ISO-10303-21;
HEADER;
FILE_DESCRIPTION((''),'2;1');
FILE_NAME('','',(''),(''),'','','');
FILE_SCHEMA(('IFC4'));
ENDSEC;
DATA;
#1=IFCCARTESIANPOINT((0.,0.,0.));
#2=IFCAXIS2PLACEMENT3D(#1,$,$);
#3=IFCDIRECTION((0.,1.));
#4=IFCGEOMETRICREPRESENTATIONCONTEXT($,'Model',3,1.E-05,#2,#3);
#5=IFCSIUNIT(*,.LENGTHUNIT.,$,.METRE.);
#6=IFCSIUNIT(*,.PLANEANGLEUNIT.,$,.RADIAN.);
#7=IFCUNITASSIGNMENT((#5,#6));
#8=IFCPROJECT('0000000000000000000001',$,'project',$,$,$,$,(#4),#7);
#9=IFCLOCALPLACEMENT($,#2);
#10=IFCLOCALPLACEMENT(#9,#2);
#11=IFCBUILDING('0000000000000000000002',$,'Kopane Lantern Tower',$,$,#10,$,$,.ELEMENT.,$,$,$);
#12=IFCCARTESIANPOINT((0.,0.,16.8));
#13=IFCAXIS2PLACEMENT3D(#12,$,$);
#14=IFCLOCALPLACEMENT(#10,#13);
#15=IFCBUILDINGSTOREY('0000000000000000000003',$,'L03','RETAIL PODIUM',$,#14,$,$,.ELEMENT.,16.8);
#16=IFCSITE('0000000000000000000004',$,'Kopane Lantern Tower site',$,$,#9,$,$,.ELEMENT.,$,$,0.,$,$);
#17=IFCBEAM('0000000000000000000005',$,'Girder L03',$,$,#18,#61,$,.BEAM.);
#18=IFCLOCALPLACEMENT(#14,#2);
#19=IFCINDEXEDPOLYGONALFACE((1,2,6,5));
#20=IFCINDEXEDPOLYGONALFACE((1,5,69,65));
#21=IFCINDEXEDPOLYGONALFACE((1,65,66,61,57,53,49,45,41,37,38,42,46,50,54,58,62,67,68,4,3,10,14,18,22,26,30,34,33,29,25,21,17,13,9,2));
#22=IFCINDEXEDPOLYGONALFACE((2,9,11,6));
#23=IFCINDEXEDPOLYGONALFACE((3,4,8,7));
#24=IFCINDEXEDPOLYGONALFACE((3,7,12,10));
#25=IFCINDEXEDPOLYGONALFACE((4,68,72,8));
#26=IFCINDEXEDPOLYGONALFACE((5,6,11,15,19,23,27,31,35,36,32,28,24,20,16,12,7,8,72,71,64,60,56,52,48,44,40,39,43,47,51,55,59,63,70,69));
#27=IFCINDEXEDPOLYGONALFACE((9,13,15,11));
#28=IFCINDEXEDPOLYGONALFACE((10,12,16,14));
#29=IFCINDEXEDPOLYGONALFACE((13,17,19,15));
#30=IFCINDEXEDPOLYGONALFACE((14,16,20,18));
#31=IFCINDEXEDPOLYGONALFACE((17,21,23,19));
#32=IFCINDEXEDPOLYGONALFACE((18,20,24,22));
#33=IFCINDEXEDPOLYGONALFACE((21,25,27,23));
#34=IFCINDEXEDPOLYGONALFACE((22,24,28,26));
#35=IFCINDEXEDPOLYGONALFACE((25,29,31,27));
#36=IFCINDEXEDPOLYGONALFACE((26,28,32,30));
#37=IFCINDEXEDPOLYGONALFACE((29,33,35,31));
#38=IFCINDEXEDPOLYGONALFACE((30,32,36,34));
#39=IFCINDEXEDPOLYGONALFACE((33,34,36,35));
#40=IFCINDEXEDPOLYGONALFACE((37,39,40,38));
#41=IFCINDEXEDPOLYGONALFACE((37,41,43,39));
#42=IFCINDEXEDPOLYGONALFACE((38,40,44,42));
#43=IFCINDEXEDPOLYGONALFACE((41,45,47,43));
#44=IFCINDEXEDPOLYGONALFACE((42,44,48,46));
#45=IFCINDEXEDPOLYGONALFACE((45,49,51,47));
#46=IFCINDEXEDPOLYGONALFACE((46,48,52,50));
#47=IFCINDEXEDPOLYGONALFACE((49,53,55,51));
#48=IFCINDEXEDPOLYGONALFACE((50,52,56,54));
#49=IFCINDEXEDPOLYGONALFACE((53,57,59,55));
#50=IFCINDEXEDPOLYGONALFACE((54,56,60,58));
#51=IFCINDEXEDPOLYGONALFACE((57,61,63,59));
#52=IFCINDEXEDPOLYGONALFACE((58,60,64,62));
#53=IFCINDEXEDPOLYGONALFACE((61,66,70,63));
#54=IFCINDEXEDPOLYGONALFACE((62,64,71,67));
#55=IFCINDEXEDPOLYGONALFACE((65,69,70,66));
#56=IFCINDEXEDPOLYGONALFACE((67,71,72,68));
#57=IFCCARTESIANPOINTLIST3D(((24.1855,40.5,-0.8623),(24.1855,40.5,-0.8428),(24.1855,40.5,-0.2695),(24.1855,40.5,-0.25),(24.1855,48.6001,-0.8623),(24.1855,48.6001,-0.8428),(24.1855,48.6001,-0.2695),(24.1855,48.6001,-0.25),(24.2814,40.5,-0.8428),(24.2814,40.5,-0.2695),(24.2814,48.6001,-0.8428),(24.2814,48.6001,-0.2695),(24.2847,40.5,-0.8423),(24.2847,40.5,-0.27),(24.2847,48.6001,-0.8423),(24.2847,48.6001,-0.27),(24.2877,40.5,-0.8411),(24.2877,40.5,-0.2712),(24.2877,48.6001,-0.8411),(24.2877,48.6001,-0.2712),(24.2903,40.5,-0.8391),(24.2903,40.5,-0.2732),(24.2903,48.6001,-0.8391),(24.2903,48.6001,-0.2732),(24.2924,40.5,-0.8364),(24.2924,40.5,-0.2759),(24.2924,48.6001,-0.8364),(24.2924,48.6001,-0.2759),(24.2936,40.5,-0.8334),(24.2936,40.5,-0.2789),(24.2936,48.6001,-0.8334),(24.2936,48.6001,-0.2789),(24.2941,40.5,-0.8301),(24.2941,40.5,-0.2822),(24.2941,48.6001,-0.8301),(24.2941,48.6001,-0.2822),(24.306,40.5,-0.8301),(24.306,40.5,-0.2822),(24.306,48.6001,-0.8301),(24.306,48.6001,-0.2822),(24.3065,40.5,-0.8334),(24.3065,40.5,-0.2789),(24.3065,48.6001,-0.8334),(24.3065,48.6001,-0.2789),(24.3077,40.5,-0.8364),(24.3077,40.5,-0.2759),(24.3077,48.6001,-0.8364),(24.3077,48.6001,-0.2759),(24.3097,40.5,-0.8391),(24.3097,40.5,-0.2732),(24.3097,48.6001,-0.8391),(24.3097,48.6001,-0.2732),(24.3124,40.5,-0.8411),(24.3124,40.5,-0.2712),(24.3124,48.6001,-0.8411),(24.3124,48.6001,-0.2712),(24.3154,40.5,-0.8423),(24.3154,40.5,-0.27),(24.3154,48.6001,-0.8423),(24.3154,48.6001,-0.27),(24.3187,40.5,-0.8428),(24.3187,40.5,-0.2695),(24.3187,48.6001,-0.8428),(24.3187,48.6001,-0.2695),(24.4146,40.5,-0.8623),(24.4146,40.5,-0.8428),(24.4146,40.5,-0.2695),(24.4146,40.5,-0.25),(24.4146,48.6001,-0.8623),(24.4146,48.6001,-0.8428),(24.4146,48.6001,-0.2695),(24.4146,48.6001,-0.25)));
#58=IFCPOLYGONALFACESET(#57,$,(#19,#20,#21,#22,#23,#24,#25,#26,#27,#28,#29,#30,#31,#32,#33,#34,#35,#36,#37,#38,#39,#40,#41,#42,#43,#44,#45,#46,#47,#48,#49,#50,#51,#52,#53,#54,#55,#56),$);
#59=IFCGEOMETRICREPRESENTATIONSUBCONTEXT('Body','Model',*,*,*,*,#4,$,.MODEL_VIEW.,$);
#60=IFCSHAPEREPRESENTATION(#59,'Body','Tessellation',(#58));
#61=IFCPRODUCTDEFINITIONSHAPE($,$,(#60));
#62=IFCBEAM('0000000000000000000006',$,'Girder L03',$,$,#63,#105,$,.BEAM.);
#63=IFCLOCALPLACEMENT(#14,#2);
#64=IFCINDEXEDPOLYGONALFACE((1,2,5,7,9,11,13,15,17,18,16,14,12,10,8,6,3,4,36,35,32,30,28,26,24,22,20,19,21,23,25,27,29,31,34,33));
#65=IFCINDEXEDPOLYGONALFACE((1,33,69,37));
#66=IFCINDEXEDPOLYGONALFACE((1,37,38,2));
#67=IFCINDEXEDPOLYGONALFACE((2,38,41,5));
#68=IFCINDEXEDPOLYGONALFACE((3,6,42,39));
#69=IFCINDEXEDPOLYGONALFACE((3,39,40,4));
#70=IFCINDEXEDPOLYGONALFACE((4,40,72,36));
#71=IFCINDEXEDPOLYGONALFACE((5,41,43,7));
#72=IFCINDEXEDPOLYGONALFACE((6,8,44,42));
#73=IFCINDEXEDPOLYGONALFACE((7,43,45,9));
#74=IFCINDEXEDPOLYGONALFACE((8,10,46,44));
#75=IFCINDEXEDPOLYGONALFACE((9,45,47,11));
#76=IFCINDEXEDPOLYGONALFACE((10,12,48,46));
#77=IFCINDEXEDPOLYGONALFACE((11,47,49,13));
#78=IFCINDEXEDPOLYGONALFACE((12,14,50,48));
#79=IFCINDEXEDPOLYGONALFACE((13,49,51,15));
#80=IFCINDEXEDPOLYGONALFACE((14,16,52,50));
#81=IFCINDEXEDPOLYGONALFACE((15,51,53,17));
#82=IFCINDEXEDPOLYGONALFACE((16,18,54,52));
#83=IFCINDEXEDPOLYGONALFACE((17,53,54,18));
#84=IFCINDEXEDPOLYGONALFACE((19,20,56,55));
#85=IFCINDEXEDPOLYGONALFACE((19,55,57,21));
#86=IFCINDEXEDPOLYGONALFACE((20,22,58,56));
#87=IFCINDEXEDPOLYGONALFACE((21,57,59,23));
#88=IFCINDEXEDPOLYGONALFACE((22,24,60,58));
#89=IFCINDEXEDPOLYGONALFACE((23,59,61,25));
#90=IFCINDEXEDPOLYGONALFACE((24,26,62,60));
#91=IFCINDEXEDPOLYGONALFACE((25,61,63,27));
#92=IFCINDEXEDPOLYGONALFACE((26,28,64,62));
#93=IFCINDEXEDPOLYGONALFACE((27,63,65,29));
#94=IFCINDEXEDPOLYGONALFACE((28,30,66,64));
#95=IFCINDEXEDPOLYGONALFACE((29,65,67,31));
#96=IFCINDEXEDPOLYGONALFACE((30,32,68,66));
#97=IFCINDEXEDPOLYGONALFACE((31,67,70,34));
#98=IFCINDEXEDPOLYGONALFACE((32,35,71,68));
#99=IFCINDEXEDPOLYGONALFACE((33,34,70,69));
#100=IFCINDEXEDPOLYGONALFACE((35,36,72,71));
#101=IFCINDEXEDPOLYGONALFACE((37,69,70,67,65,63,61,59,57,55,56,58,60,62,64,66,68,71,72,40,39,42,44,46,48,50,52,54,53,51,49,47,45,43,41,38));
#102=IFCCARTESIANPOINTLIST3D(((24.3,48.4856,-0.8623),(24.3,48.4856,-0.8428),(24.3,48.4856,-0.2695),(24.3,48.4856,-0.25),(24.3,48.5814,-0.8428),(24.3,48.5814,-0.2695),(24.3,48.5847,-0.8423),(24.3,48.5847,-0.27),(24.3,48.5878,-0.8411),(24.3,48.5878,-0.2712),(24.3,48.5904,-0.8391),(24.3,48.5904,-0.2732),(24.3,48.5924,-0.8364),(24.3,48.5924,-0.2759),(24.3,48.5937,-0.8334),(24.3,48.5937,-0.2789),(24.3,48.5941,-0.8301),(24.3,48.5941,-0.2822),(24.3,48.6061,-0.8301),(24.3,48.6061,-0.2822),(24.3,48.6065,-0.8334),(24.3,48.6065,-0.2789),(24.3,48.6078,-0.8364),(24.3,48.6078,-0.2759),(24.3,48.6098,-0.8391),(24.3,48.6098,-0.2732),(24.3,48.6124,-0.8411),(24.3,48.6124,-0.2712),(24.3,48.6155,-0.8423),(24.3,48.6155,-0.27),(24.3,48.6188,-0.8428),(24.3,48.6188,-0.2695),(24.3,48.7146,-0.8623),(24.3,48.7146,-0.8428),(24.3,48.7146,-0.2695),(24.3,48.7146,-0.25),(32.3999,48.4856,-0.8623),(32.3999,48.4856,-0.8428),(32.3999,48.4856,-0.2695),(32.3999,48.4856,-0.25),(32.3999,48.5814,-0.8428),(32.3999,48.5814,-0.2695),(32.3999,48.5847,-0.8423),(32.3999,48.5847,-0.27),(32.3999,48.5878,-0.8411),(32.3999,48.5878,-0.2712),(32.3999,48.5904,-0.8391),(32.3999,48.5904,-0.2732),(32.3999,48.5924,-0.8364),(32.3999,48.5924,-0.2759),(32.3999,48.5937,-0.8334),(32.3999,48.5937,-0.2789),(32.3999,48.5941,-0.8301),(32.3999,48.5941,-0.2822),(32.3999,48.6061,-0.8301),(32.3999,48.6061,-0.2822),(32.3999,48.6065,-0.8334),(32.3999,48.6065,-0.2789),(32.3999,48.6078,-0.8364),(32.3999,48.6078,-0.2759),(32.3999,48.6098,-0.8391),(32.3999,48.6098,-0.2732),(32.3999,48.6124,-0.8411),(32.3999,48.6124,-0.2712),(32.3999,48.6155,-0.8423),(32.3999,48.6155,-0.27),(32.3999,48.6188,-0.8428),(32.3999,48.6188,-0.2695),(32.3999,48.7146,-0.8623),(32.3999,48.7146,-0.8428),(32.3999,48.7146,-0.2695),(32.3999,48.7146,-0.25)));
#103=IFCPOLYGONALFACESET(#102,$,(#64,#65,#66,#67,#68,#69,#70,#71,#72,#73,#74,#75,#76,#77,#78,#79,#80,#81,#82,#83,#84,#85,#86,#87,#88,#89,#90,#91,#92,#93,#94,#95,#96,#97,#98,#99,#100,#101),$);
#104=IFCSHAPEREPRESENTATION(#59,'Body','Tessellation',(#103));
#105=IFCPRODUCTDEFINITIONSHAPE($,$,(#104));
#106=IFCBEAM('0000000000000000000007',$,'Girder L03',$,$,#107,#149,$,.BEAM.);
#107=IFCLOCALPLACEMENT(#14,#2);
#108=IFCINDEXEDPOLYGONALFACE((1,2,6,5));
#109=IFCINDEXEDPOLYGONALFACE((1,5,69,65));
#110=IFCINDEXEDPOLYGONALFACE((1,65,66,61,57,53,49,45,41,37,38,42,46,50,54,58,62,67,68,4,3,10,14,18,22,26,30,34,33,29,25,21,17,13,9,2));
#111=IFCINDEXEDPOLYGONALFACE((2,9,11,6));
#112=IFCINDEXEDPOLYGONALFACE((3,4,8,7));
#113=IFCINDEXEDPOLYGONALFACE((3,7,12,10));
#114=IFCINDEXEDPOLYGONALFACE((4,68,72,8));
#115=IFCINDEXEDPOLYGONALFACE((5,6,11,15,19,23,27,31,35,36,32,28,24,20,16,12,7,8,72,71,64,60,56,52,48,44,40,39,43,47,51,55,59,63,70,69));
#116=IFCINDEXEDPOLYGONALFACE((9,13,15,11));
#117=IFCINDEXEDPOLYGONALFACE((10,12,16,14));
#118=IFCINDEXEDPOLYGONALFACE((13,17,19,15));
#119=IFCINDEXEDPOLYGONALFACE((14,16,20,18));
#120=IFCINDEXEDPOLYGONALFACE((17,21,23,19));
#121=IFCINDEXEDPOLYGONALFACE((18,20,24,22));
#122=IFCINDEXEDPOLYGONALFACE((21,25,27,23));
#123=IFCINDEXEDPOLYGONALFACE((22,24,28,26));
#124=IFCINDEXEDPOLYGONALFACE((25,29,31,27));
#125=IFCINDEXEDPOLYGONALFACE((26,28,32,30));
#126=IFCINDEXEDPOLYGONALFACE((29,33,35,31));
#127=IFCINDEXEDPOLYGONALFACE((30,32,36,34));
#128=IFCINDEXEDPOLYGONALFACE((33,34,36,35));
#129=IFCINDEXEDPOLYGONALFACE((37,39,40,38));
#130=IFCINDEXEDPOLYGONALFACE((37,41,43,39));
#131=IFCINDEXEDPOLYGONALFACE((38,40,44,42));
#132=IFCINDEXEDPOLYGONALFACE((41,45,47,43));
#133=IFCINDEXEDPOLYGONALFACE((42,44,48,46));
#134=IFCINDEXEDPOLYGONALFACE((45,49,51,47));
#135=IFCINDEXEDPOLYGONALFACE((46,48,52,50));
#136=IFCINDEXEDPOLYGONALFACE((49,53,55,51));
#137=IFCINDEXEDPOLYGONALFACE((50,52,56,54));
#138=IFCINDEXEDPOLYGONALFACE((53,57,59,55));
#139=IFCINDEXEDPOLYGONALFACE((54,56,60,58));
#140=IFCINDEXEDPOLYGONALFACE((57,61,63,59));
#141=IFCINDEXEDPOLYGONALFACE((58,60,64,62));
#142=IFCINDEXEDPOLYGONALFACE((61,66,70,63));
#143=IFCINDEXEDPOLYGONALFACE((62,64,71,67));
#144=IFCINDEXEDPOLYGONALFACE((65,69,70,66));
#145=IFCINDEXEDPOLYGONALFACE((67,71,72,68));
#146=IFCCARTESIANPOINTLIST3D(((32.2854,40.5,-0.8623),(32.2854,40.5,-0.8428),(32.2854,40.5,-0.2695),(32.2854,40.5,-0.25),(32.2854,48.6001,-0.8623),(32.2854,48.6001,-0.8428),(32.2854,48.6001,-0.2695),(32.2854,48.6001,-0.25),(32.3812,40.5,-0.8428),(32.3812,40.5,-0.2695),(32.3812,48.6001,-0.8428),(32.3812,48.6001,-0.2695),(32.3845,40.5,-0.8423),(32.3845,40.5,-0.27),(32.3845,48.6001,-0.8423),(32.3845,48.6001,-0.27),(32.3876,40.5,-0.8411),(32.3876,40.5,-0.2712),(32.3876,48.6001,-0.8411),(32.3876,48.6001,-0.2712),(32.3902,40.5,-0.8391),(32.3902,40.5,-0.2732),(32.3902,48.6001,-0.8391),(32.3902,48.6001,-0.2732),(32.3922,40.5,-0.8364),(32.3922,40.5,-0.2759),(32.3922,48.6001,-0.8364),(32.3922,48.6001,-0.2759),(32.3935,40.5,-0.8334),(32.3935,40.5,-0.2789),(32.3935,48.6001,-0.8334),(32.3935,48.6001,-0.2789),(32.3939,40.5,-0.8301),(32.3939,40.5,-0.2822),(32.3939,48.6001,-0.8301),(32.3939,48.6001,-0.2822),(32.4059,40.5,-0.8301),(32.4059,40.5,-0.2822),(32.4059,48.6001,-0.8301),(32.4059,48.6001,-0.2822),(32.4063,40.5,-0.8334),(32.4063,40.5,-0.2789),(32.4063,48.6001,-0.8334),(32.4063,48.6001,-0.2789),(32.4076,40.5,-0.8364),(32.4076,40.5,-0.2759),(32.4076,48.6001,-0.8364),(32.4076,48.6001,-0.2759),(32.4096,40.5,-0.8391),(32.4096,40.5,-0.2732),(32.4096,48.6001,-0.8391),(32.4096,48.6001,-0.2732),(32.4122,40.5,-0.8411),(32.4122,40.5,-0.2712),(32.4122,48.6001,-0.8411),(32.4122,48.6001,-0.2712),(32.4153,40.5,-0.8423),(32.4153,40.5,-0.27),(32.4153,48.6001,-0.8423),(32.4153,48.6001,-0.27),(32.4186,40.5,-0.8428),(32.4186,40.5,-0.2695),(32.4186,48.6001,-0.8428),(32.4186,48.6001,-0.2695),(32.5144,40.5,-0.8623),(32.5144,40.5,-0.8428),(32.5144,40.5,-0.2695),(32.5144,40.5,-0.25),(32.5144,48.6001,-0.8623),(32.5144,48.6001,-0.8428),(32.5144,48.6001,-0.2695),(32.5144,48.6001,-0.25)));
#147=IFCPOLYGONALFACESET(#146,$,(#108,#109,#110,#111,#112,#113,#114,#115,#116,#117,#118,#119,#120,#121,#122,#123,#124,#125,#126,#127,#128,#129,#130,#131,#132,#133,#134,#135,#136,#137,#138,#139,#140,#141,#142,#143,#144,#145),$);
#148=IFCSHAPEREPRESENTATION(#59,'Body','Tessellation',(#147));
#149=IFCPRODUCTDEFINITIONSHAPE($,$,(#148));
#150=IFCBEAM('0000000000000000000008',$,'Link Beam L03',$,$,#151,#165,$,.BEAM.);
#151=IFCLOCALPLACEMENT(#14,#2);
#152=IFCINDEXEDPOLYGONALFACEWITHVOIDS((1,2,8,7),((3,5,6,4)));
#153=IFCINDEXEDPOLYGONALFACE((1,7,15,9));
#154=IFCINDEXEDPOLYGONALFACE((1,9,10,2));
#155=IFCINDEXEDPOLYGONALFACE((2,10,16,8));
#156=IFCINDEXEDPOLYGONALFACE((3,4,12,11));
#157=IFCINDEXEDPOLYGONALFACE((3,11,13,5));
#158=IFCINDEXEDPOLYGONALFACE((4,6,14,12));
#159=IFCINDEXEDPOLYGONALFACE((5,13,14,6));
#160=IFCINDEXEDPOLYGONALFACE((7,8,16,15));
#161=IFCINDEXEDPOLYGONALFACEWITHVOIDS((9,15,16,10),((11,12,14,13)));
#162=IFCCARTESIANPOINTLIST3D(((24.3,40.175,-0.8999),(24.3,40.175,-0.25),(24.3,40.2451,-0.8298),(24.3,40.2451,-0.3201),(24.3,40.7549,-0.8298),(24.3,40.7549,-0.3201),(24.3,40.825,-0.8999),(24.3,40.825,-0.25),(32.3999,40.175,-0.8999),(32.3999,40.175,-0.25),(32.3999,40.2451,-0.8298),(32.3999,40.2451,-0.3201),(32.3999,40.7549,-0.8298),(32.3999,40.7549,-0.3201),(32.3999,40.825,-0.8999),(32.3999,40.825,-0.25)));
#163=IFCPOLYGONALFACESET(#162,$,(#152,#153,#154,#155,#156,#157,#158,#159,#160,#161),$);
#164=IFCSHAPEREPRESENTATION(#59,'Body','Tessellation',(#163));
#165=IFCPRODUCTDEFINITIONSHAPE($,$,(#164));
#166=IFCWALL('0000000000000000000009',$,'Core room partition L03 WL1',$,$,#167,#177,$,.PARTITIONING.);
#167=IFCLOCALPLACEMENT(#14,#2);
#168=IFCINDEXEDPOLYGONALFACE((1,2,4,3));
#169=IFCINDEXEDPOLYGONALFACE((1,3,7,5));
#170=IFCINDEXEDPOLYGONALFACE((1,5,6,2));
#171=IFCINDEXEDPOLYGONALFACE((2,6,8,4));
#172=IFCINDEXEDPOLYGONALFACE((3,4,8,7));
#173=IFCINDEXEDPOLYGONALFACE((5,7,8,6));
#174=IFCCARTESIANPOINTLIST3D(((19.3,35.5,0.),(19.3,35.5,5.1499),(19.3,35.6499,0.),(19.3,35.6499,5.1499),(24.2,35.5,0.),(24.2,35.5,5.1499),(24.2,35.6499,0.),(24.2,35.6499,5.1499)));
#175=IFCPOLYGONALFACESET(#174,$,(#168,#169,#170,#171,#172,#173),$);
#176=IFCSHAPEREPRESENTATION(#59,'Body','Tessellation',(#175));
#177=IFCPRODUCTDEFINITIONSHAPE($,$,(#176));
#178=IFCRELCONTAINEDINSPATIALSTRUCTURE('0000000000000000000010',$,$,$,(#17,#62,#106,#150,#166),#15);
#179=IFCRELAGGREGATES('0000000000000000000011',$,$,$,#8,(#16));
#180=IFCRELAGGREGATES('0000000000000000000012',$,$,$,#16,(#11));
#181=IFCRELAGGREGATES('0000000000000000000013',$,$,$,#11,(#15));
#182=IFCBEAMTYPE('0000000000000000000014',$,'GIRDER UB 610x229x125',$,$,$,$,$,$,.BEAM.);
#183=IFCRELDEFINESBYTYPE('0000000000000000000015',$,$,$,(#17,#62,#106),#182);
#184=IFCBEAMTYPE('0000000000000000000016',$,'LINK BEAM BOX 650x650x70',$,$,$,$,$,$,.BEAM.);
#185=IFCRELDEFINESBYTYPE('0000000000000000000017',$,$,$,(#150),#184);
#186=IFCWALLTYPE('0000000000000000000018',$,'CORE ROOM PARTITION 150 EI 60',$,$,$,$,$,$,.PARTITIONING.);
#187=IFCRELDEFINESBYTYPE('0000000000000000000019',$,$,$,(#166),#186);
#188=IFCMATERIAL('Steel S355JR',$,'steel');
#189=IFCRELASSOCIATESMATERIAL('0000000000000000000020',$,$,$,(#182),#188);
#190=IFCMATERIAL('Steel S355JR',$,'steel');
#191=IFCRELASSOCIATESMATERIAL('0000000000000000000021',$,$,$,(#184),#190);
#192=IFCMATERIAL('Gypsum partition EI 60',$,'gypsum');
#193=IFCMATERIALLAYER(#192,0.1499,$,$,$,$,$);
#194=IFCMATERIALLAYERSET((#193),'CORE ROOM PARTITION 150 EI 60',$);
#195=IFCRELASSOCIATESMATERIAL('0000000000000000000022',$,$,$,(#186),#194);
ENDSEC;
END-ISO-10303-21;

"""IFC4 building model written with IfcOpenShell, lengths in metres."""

from ifc_helpers import new_model, si_unit, direction, frame, frame_2d, origin, origin_2d, place, context, subcontext, project, spatial, rectangle, hollow_rectangle, i_section, extrude, material, layer, layer_set, material_profile, profile_set, type_object, element, save


model = new_model("IFC4")

# Units and contexts
model_context = context("Model", 3, precision=1e-05, world=origin(), true_north=direction((0.0, 1.0)))
body_context = subcontext(model_context, "Body", "Model", "MODEL_VIEW")
ifc_project = project(units=[si_unit("LENGTHUNIT", "METRE"), si_unit("PLANEANGLEUNIT", "RADIAN")], contexts=[model_context])

# Site, building, storey
site_placement = place(None, origin())
site = spatial("IfcSite", under=ifc_project, at=site_placement, Name="Kopane Lantern Tower site", CompositionType="ELEMENT", RefElevation=0.0)
building_placement = place(site_placement, origin())
building = spatial("IfcBuilding", under=site, at=building_placement, Name="Kopane Lantern Tower", CompositionType="ELEMENT")
storey_placement = place(building_placement, frame((0.0, 0.0, 16.8)))
storey = spatial("IfcBuildingStorey", under=building, at=storey_placement, Name="L03", Description="RETAIL PODIUM", CompositionType="ELEMENT", Elevation=16.8)

# Beams
ifc_material_1 = material(Name="Steel S355JR", Category="steel")
ifc_material_profile_1 = material_profile(ifc_material_1, i_section(OverallWidth=0.229, OverallDepth=0.6123, WebThickness=0.012, FlangeThickness=0.0195, FilletRadius=0.0127, at=origin_2d()), Name="UB 610x229x125")
ifc_profile_set_1 = profile_set([ifc_material_profile_1], Name="Steel S355JR")
beam_type_1 = type_object("IfcBeamType", Name="GIRDER UB 610x229x125", PredefinedType="BEAM", material=ifc_profile_set_1)
beam_1_placement = place(storey_placement, frame((24.3, 40.5, -0.5562), z_axis=(0.0, 1.0, 0.0), x_axis=(-1.0, 0.0, 0.0)))
element("IfcBeam", 1, at=beam_1_placement, inside=storey, type_object=beam_type_1, Name="Girder L03", PredefinedType="BEAM", context=body_context, shape_type="SweptSolid", body=[
    extrude(i_section(OverallWidth=0.229, OverallDepth=0.6123, WebThickness=0.012, FlangeThickness=0.0195, FilletRadius=0.0127, at=origin_2d()), origin(), (0.0, 0.0, 1.0), 8.1001),
])
beam_2_placement = place(storey_placement, frame((24.3, 48.6001, -0.5562), z_axis=(1.0, 0.0, 0.0), x_axis=(0.0, 1.0, 0.0)))
element("IfcBeam", 2, at=beam_2_placement, inside=storey, type_object=beam_type_1, Name="Girder L03", PredefinedType="BEAM", context=body_context, shape_type="SweptSolid", body=[
    extrude(i_section(OverallWidth=0.229, OverallDepth=0.6123, WebThickness=0.012, FlangeThickness=0.0195, FilletRadius=0.0127, at=origin_2d()), origin(), (0.0, 0.0, 1.0), 8.0999),
])
beam_3_placement = place(storey_placement, frame((32.3999, 40.5, -0.5562), z_axis=(0.0, 1.0, 0.0), x_axis=(-1.0, 0.0, 0.0)))
element("IfcBeam", 3, at=beam_3_placement, inside=storey, type_object=beam_type_1, Name="Girder L03", PredefinedType="BEAM", context=body_context, shape_type="SweptSolid", body=[
    extrude(i_section(OverallWidth=0.229, OverallDepth=0.6123, WebThickness=0.012, FlangeThickness=0.0195, FilletRadius=0.0127, at=origin_2d()), origin(), (0.0, 0.0, 1.0), 8.1001),
])
ifc_material_2 = material(Name="Steel S355JR", Category="steel")
ifc_material_profile_2 = material_profile(ifc_material_2, hollow_rectangle(XDim=0.6499, YDim=0.6499, WallThickness=0.0701, at=origin_2d()), Name="BOX 650x650x70")
ifc_profile_set_2 = profile_set([ifc_material_profile_2], Name="Steel S355JR")
beam_type_2 = type_object("IfcBeamType", Name="LINK BEAM BOX 650x650x70", PredefinedType="BEAM", material=ifc_profile_set_2)
beam_4_placement = place(storey_placement, frame((24.3, 40.5, -0.575), z_axis=(1.0, 0.0, 0.0), x_axis=(0.0, 1.0, 0.0)))
element("IfcBeam", 4, at=beam_4_placement, inside=storey, type_object=beam_type_2, Name="Link Beam L03", PredefinedType="BEAM", context=body_context, shape_type="SweptSolid", body=[
    extrude(hollow_rectangle(XDim=0.6499, YDim=0.6499, WallThickness=0.0701, at=origin_2d()), origin(), (0.0, 0.0, 1.0), 8.0999),
])

# Wall
ifc_material_3 = material(Name="Gypsum partition EI 60", Category="gypsum")
ifc_layer_1 = layer(ifc_material_3, 0.1499)
ifc_layer_set_1 = layer_set([ifc_layer_1], Name="CORE ROOM PARTITION 150 EI 60")
wall_type_1 = type_object("IfcWallType", Name="CORE ROOM PARTITION 150 EI 60", PredefinedType="PARTITIONING", material=ifc_layer_set_1)
wall_1_placement = place(storey_placement, frame((19.3, 35.575, 0.0), z_axis=(0.0, 0.0, 1.0), x_axis=(1.0, 0.0, 0.0)))
element("IfcWall", 5, at=wall_1_placement, inside=storey, type_object=wall_type_1, Name="Core room partition L03 WL1", PredefinedType="PARTITIONING", context=body_context, shape_type="SweptSolid", body=[
    extrude(rectangle(XDim=4.8999, YDim=0.1499, at=frame_2d((2.45, 0.0))), origin(), (0.0, 0.0, 1.0), 5.1499),
])

save(model, "model.ifc")
